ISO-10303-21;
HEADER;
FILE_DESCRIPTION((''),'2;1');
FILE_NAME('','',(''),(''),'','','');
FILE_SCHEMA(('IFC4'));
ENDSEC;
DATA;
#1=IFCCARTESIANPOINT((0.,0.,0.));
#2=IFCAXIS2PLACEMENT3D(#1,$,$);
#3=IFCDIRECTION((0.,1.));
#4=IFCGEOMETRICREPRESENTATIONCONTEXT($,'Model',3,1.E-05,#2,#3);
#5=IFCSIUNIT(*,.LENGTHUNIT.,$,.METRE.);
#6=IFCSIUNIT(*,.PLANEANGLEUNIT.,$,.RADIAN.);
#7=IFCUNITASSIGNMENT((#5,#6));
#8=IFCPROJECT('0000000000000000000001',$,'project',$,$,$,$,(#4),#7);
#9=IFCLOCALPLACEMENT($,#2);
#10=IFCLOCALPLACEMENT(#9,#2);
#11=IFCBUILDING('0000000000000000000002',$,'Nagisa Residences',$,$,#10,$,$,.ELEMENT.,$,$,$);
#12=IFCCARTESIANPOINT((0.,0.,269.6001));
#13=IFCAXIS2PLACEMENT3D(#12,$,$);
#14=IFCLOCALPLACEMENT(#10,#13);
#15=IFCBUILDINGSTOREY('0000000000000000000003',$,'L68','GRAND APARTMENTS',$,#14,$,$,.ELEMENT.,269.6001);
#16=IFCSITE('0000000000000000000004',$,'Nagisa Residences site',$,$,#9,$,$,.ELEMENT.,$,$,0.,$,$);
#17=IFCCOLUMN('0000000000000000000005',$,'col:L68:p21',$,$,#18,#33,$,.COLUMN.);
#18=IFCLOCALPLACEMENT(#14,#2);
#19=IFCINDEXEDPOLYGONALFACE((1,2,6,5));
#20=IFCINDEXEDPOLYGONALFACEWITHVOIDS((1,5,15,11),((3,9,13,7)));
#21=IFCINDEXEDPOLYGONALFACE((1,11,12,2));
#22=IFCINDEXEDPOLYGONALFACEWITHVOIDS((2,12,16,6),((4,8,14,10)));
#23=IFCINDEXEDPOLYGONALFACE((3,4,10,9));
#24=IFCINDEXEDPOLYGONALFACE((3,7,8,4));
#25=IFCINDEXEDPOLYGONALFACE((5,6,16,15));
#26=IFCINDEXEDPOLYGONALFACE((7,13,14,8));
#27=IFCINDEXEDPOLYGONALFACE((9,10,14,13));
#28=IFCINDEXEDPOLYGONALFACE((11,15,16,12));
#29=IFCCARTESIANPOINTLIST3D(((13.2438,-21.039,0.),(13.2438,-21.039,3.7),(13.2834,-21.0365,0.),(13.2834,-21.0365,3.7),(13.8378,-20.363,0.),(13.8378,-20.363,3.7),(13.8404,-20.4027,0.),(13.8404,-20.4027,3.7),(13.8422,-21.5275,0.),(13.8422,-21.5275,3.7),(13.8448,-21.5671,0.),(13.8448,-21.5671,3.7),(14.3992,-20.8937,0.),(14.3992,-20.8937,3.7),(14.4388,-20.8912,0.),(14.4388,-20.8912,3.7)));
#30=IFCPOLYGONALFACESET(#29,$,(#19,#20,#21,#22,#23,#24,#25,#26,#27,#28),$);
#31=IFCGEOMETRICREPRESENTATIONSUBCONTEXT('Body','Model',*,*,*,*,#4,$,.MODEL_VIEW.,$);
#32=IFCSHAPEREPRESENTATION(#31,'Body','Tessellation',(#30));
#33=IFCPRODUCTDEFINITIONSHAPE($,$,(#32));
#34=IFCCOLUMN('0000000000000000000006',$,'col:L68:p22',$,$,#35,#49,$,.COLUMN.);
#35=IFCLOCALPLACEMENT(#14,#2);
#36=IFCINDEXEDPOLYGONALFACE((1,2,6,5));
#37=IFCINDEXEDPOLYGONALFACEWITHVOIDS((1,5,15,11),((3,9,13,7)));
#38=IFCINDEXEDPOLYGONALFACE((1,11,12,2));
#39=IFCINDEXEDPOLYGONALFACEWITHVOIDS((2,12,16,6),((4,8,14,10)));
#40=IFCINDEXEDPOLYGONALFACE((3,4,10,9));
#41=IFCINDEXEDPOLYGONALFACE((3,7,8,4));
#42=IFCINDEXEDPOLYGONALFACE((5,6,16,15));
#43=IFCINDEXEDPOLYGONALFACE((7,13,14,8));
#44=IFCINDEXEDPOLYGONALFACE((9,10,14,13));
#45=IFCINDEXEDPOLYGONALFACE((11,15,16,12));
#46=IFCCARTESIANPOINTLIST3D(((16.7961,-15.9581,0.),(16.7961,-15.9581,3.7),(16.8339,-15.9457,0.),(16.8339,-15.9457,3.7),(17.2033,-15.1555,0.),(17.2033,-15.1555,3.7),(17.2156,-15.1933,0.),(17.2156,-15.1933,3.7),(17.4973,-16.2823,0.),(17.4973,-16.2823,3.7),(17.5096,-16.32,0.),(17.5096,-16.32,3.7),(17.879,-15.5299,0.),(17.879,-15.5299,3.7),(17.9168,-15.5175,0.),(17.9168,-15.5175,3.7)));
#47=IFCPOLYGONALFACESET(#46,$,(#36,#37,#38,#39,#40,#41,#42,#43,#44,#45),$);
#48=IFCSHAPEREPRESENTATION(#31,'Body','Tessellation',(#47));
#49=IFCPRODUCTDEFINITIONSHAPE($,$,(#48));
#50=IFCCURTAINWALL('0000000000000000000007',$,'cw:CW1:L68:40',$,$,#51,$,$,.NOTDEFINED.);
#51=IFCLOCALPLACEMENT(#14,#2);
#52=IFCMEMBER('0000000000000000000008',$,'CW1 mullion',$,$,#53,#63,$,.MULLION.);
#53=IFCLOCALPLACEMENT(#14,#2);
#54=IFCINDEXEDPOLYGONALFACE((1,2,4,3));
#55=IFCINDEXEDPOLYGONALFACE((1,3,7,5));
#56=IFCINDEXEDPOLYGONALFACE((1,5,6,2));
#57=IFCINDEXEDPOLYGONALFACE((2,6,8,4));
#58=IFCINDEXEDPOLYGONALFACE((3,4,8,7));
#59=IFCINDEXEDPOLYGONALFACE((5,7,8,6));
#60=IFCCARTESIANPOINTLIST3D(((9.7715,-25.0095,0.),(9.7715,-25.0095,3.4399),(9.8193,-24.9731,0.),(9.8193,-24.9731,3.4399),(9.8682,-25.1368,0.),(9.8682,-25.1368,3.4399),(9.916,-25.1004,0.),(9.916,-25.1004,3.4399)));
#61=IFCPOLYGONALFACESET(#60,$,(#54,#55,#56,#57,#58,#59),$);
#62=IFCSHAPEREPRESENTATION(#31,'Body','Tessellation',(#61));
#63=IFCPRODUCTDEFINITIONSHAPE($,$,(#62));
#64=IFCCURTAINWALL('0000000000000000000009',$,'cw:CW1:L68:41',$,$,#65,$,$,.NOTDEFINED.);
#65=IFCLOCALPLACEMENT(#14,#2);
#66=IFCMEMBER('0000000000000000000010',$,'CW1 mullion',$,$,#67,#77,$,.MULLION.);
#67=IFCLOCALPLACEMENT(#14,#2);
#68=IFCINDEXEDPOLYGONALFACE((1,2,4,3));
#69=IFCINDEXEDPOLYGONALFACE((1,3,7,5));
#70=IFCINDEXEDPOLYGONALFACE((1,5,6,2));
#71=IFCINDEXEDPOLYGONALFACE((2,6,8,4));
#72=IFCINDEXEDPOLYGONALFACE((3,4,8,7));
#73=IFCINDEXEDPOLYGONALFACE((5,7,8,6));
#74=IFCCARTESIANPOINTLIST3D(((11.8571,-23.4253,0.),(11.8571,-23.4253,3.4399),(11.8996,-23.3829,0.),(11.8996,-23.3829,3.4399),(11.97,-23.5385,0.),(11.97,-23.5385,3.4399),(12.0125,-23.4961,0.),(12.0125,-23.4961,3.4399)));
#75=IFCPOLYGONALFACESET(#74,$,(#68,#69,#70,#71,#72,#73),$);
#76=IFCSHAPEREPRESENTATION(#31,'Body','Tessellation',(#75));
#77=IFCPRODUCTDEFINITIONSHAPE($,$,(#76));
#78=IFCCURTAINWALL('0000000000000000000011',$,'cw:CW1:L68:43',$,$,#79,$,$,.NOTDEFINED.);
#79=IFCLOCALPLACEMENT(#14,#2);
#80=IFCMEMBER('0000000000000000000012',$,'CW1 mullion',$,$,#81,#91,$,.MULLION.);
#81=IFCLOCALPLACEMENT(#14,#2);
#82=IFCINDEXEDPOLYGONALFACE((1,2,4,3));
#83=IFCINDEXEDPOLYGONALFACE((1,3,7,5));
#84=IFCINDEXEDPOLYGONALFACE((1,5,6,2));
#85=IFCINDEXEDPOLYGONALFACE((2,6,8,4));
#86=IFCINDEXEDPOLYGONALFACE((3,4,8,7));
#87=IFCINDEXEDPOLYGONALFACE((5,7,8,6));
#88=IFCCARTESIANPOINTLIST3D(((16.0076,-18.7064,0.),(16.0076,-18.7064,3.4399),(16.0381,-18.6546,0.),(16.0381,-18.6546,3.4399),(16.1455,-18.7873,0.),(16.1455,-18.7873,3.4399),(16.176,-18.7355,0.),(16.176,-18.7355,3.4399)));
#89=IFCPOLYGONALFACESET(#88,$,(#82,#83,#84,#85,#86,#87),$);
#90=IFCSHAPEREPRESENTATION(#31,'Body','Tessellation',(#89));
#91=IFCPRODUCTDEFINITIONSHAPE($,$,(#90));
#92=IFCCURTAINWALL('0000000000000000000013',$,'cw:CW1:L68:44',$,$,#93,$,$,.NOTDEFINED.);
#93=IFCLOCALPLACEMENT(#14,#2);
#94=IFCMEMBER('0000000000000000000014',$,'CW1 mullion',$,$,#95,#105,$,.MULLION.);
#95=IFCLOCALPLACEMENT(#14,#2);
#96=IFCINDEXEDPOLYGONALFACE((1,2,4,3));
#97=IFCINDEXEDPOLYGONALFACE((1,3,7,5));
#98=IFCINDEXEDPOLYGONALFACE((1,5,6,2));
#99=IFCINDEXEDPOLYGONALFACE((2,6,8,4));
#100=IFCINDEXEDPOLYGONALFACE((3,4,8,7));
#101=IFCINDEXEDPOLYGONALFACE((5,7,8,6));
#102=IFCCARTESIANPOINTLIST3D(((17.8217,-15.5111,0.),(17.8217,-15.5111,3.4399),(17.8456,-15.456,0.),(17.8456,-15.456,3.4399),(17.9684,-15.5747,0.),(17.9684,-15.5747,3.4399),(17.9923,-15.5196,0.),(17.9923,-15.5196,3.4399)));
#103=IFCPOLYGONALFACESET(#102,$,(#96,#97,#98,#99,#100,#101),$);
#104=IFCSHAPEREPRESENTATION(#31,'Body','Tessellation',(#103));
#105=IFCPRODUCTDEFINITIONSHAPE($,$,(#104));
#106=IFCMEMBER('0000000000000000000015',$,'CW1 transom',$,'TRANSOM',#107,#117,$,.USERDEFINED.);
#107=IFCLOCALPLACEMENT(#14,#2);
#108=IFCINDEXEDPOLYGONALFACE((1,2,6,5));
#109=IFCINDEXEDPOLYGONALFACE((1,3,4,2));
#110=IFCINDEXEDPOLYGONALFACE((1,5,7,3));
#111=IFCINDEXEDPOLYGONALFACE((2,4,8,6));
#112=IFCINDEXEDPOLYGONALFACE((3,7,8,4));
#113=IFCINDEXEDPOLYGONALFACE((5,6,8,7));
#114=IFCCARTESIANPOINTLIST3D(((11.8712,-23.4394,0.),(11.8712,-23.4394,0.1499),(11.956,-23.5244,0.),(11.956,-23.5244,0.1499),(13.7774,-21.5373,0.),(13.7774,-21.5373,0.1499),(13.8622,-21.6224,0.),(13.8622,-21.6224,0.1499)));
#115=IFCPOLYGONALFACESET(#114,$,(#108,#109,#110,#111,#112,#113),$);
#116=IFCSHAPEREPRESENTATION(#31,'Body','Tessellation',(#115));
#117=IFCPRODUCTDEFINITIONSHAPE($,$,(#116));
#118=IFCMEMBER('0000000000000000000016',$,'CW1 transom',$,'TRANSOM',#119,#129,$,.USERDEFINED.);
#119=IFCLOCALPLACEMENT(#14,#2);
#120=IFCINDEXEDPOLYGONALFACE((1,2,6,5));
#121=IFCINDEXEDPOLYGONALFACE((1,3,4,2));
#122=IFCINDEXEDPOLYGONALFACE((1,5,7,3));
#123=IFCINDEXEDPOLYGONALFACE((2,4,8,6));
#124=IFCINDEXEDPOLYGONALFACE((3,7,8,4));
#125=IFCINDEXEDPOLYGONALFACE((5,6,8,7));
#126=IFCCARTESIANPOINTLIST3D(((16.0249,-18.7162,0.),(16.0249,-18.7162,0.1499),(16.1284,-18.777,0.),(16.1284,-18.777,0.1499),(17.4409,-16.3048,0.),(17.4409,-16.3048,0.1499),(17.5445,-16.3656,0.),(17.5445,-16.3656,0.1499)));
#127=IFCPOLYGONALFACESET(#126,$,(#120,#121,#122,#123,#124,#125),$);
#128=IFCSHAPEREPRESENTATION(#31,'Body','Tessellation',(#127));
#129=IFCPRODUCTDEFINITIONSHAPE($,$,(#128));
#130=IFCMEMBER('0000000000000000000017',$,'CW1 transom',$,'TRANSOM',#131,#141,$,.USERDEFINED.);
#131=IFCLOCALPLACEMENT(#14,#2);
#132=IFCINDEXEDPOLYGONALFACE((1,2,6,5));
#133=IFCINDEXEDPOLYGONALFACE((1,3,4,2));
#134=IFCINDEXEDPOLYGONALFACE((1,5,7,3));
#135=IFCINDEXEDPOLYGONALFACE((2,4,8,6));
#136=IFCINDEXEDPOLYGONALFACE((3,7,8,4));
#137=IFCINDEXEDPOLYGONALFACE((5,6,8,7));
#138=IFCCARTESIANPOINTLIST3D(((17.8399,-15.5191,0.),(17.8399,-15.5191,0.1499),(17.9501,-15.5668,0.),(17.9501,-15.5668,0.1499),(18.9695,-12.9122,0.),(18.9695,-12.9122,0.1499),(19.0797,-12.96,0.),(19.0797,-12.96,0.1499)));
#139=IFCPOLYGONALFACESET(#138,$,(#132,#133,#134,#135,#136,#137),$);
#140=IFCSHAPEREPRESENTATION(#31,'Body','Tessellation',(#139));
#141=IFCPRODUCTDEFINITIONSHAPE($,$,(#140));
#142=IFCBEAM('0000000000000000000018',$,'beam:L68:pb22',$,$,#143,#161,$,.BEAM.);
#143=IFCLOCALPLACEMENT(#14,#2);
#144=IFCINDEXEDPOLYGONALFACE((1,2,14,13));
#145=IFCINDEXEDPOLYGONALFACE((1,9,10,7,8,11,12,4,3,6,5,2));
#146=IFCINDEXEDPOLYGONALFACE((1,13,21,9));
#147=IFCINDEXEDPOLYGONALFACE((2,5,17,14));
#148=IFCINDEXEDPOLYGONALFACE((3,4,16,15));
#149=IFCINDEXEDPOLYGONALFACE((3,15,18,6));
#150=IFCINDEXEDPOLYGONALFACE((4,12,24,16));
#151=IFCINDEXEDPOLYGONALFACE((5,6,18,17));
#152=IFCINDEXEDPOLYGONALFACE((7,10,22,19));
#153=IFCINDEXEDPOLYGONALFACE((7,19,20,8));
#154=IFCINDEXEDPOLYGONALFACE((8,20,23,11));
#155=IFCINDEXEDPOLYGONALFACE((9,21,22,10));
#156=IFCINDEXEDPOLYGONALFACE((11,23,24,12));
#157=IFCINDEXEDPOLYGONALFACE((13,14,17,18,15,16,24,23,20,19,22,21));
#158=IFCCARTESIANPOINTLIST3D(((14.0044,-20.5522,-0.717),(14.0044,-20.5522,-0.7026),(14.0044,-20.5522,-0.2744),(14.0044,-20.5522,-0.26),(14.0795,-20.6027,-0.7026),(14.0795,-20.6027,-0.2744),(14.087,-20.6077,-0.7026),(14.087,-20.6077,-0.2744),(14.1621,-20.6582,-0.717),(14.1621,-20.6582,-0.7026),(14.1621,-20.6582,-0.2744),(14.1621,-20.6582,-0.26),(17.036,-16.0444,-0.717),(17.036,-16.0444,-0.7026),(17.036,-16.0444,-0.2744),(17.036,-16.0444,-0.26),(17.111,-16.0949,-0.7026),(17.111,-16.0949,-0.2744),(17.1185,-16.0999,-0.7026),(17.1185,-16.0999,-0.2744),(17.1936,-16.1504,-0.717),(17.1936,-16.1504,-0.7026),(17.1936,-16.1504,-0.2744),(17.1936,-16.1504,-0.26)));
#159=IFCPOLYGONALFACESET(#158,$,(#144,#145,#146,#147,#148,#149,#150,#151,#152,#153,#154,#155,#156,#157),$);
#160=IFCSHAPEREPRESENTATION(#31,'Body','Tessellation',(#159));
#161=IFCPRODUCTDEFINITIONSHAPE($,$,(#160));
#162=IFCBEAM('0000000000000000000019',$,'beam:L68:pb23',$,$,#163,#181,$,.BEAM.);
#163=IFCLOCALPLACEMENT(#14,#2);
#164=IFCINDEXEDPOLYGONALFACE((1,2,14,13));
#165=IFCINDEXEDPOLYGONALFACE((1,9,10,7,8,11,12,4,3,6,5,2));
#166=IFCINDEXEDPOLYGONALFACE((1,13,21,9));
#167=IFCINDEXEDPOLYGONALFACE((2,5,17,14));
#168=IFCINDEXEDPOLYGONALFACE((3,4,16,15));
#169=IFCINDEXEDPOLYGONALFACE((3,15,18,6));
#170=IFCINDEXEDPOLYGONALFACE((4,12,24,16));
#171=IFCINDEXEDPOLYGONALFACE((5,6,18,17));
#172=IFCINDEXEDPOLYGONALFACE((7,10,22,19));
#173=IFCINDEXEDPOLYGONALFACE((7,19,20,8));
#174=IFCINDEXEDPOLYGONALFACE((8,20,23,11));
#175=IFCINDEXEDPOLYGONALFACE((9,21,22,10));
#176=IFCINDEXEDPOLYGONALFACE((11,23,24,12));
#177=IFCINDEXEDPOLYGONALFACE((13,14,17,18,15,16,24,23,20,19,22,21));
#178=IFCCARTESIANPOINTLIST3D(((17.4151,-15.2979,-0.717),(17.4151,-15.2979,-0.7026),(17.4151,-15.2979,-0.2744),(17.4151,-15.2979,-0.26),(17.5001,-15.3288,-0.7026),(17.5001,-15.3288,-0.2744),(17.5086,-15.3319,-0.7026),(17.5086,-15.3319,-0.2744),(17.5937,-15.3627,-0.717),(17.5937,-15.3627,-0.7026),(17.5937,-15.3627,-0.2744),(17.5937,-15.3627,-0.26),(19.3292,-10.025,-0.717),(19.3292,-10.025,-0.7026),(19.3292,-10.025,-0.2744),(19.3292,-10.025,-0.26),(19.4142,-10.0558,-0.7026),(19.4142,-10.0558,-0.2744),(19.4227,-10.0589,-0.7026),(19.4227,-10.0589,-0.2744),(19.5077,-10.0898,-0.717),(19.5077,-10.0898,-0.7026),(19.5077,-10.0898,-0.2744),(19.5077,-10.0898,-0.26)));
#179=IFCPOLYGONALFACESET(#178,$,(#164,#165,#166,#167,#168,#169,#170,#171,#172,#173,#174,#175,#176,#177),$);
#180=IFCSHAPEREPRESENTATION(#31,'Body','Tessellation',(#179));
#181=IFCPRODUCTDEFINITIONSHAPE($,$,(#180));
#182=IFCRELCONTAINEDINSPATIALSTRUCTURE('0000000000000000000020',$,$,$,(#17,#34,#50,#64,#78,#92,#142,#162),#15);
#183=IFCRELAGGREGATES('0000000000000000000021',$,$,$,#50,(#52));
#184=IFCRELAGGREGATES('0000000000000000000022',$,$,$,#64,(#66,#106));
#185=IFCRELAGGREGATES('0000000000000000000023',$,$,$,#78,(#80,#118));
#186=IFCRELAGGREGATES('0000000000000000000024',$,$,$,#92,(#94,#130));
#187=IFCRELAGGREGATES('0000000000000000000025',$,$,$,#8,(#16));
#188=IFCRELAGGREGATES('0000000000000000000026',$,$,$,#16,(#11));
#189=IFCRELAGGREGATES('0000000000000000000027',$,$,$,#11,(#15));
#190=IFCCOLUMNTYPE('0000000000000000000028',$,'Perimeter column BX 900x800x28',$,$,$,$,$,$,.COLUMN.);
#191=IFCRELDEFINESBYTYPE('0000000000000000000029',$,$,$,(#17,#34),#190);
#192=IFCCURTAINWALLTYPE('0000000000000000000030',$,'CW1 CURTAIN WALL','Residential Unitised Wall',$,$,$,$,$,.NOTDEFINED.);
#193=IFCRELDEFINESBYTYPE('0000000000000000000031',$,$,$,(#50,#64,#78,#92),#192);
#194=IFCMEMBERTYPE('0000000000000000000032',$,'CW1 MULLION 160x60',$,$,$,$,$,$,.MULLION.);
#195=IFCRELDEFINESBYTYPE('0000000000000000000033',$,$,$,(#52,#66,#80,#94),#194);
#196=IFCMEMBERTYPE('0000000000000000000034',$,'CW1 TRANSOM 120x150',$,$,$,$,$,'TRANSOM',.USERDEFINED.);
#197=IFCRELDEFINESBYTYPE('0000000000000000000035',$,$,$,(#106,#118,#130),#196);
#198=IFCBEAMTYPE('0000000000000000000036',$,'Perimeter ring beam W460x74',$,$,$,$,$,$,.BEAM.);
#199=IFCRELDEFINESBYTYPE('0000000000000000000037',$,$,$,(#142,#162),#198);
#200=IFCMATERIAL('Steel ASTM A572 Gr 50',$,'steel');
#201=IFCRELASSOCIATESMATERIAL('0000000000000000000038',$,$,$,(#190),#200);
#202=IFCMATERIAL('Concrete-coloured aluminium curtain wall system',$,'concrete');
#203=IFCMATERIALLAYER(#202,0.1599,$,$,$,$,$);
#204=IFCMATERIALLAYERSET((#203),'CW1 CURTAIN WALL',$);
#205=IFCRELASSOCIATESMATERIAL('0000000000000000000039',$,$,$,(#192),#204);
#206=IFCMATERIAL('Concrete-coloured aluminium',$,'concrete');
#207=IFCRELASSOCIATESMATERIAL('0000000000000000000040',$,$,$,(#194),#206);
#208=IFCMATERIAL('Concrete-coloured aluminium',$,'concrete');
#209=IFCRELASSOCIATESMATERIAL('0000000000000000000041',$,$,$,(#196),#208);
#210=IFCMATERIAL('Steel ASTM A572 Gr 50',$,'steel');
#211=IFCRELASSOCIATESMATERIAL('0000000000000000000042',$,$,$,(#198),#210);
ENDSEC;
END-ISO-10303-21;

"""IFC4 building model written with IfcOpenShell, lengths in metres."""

from ifc_helpers import new_model, si_unit, direction, frame, origin, origin_2d, place, context, subcontext, project, spatial, rectangle, hollow_rectangle, i_section, extrude, material, layer, layer_set, material_profile, profile_set, type_object, element, aggregate, save


model = new_model("IFC4")

# Units and contexts
model_context = context("Model", 3, precision=1e-05, world=origin(), true_north=direction((0.0, 1.0)))
body_context = subcontext(model_context, "Body", "Model", "MODEL_VIEW")
ifc_project = project(units=[si_unit("LENGTHUNIT", "METRE"), si_unit("PLANEANGLEUNIT", "RADIAN")], contexts=[model_context])

# Site, building, storey
site_placement = place(None, origin())
site = spatial("IfcSite", under=ifc_project, at=site_placement, Name="Nagisa Residences site", CompositionType="ELEMENT", RefElevation=0.0)
building_placement = place(site_placement, origin())
building = spatial("IfcBuilding", under=site, at=building_placement, Name="Nagisa Residences", CompositionType="ELEMENT")
storey_placement = place(building_placement, frame((0.0, 0.0, 269.6001)))
storey = spatial("IfcBuildingStorey", under=building, at=storey_placement, Name="L68", Description="GRAND APARTMENTS", CompositionType="ELEMENT", Elevation=269.6001)

# Columns
ifc_material_1 = material(Name="Steel ASTM A572 Gr 50", Category="steel")
ifc_material_profile_1 = material_profile(ifc_material_1, hollow_rectangle(XDim=0.8999, YDim=0.8, WallThickness=0.0281, at=origin_2d()), Name="BX 900x800x28")
ifc_profile_set_1 = profile_set([ifc_material_profile_1], Name="Steel ASTM A572 Gr 50")
column_type = type_object("IfcColumnType", Name="Perimeter column BX 900x800x28", PredefinedType="COLUMN", material=ifc_profile_set_1)
for number, where, z_axis, x_axis, name in (
    (1, (13.8413, -20.9651, 0.0), (0.0, 0.0, 1.0), (0.660115, 0.751165, 0.0), "col:L68:p21"),
    (2, (17.3564, -15.7378, 0.0), (0.0, 0.0, 1.0), (0.452463, 0.891783, 0.0), "col:L68:p22"),
):
    element("IfcColumn", number, at=place(storey_placement, frame(where, z_axis=z_axis, x_axis=x_axis)), inside=storey, type_object=column_type, Name=name, PredefinedType="COLUMN", context=body_context, shape_type="SweptSolid", body=[
        extrude(hollow_rectangle(XDim=0.8999, YDim=0.8, WallThickness=0.0281, at=origin_2d()), origin(), (0.0, 0.0, 1.0), 3.7),
    ])

# Curtain walls, members
ifc_material_2 = material(Name="Concrete-coloured aluminium curtain wall system", Category="concrete")
ifc_layer_1 = layer(ifc_material_2, 0.1599)
ifc_layer_set_1 = layer_set([ifc_layer_1], Name="CW1 CURTAIN WALL")
curtain_wall_type = type_object("IfcCurtainWallType", Name="CW1 CURTAIN WALL", Description="Residential Unitised Wall", PredefinedType="NOTDEFINED", material=ifc_layer_set_1)
curtain_wall_1_placement = place(storey_placement, origin())
curtain_wall_1 = element("IfcCurtainWall", 3, at=curtain_wall_1_placement, inside=storey, type_object=curtain_wall_type, Name="cw:CW1:L68:40", PredefinedType="NOTDEFINED")
ifc_material_3 = material(Name="Concrete-coloured aluminium", Category="concrete")
ifc_material_profile_2 = material_profile(ifc_material_3, rectangle(XDim=0.1599, YDim=0.0601, at=origin_2d()), Name="CW1 MULLION 160x60")
ifc_profile_set_2 = profile_set([ifc_material_profile_2], Name="Concrete-coloured aluminium")
member_type_1 = type_object("IfcMemberType", Name="CW1 MULLION 160x60", PredefinedType="MULLION", material=ifc_profile_set_2)
member_1_placement = place(storey_placement, frame((9.8438, -25.0549, 0.0), z_axis=(0.0, 0.0, 1.0), x_axis=(-0.605255, 0.796031, 0.0)))
member_1 = element("IfcMember", 4, at=member_1_placement, type_object=member_type_1, Name="CW1 mullion", PredefinedType="MULLION", context=body_context, shape_type="SweptSolid", body=[
    extrude(rectangle(XDim=0.1599, YDim=0.0601, at=origin_2d()), origin(), (0.0, 0.0, 1.0), 3.4399),
])
curtain_wall_2_placement = place(storey_placement, origin())
curtain_wall_2 = element("IfcCurtainWall", 5, at=curtain_wall_2_placement, inside=storey, type_object=curtain_wall_type, Name="cw:CW1:L68:41", PredefinedType="NOTDEFINED")
member_2_placement = place(storey_placement, frame((11.9348, -23.4607, 0.0), z_axis=(0.0, 0.0, 1.0), x_axis=(-0.706377, 0.707836, 0.0)))
member_2 = element("IfcMember", 6, at=member_2_placement, type_object=member_type_1, Name="CW1 mullion", PredefinedType="MULLION", context=body_context, shape_type="SweptSolid", body=[
    extrude(rectangle(XDim=0.1599, YDim=0.0601, at=origin_2d()), origin(), (0.0, 0.0, 1.0), 3.4399),
])
curtain_wall_3_placement = place(storey_placement, origin())
curtain_wall_3 = element("IfcCurtainWall", 7, at=curtain_wall_3_placement, inside=storey, type_object=curtain_wall_type, Name="cw:CW1:L68:43", PredefinedType="NOTDEFINED")
member_3_placement = place(storey_placement, frame((16.0918, -18.7209, 0.0), z_axis=(0.0, 0.0, 1.0), x_axis=(-0.862329, 0.506349, 0.0)))
member_3 = element("IfcMember", 8, at=member_3_placement, type_object=member_type_1, Name="CW1 mullion", PredefinedType="MULLION", context=body_context, shape_type="SweptSolid", body=[
    extrude(rectangle(XDim=0.1599, YDim=0.0601, at=origin_2d()), origin(), (0.0, 0.0, 1.0), 3.4399),
])
curtain_wall_4_placement = place(storey_placement, origin())
curtain_wall_4 = element("IfcCurtainWall", 9, at=curtain_wall_4_placement, inside=storey, type_object=curtain_wall_type, Name="cw:CW1:L68:44", PredefinedType="NOTDEFINED")
member_4_placement = place(storey_placement, frame((17.907, -15.5154, 0.0), z_axis=(0.0, 0.0, 1.0), x_axis=(-0.917543, 0.397636, 0.0)))
member_4 = element("IfcMember", 10, at=member_4_placement, type_object=member_type_1, Name="CW1 mullion", PredefinedType="MULLION", context=body_context, shape_type="SweptSolid", body=[
    extrude(rectangle(XDim=0.1599, YDim=0.0601, at=origin_2d()), origin(), (0.0, 0.0, 1.0), 3.4399),
])

# Members
ifc_material_4 = material(Name="Concrete-coloured aluminium", Category="concrete")
ifc_material_profile_3 = material_profile(ifc_material_4, rectangle(XDim=0.1201, YDim=0.1499, at=origin_2d()), Name="CW1 TRANSOM 120x150")
ifc_profile_set_3 = profile_set([ifc_material_profile_3], Name="Concrete-coloured aluminium")
member_type_2 = type_object("IfcMemberType", Name="CW1 TRANSOM 120x150", ElementType="TRANSOM", PredefinedType="USERDEFINED", material=ifc_profile_set_3)
member_5_placement = place(storey_placement, frame((11.9136, -23.4819, 0.075), z_axis=(0.707877, 0.706336, 0.0), x_axis=(-0.706336, 0.707877, 0.0)))
member_5 = element("IfcMember", 11, at=member_5_placement, type_object=member_type_2, Name="CW1 transom", ObjectType="TRANSOM", PredefinedType="USERDEFINED", context=body_context, shape_type="SweptSolid", body=[
    extrude(rectangle(XDim=0.1201, YDim=0.1499, at=origin_2d()), origin(), (0.0, 0.0, 1.0), 2.6929),
])
member_6_placement = place(storey_placement, frame((16.0767, -18.7466, 0.075), z_axis=(0.506371, 0.862316, 0.0), x_axis=(-0.862316, 0.506371, 0.0)))
member_6 = element("IfcMember", 12, at=member_6_placement, type_object=member_type_2, Name="CW1 transom", ObjectType="TRANSOM", PredefinedType="USERDEFINED", context=body_context, shape_type="SweptSolid", body=[
    extrude(rectangle(XDim=0.1201, YDim=0.1499, at=origin_2d()), origin(), (0.0, 0.0, 1.0), 2.7964),
])
member_7_placement = place(storey_placement, frame((17.895, -15.543, 0.075), z_axis=(0.397598, 0.91756, 0.0), x_axis=(-0.91756, 0.397598, 0.0)))
member_7 = element("IfcMember", 13, at=member_7_placement, type_object=member_type_2, Name="CW1 transom", ObjectType="TRANSOM", PredefinedType="USERDEFINED", context=body_context, shape_type="SweptSolid", body=[
    extrude(rectangle(XDim=0.1201, YDim=0.1499, at=origin_2d()), origin(), (0.0, 0.0, 1.0), 2.8411),
])

# Beams
ifc_material_5 = material(Name="Steel ASTM A572 Gr 50", Category="steel")
ifc_material_profile_4 = material_profile(ifc_material_5, i_section(OverallWidth=0.1899, OverallDepth=0.457, WebThickness=0.009, FlangeThickness=0.0144, at=origin_2d()), Name="W460x74")
ifc_profile_set_4 = profile_set([ifc_material_profile_4], Name="Steel ASTM A572 Gr 50")
beam_type_1 = type_object("IfcBeamType", Name="Perimeter ring beam W460x74", PredefinedType="BEAM", material=ifc_profile_set_4)
beam_1_placement = place(storey_placement, frame((14.0833, -20.6052, -0.4885), z_axis=(0.558046, 0.82981, 0.0), x_axis=(-0.82981, 0.558046, 0.0)))
element("IfcBeam", 14, at=beam_1_placement, inside=storey, type_object=beam_type_1, Name="beam:L68:pb22", PredefinedType="BEAM", context=body_context, shape_type="SweptSolid", body=[
    extrude(i_section(OverallWidth=0.1899, OverallDepth=0.457, WebThickness=0.009, FlangeThickness=0.0144, at=origin_2d()), origin(), (0.0, 0.0, 1.0), 5.4324),
])
beam_2_placement = place(storey_placement, frame((17.5044, -15.3303, -0.4885), z_axis=(0.341212, 0.939986, 0.0), x_axis=(-0.939986, 0.341212, 0.0)))
element("IfcBeam", 15, at=beam_2_placement, inside=storey, type_object=beam_type_1, Name="beam:L68:pb23", PredefinedType="BEAM", context=body_context, shape_type="SweptSolid", body=[
    extrude(i_section(OverallWidth=0.1899, OverallDepth=0.457, WebThickness=0.009, FlangeThickness=0.0144, at=origin_2d()), origin(), (0.0, 0.0, 1.0), 5.6096),
])

aggregate(curtain_wall_1, [member_1])
aggregate(curtain_wall_2, [member_2, member_5])
aggregate(curtain_wall_3, [member_3, member_6])
aggregate(curtain_wall_4, [member_4, member_7])

save(model, "model.ifc")
